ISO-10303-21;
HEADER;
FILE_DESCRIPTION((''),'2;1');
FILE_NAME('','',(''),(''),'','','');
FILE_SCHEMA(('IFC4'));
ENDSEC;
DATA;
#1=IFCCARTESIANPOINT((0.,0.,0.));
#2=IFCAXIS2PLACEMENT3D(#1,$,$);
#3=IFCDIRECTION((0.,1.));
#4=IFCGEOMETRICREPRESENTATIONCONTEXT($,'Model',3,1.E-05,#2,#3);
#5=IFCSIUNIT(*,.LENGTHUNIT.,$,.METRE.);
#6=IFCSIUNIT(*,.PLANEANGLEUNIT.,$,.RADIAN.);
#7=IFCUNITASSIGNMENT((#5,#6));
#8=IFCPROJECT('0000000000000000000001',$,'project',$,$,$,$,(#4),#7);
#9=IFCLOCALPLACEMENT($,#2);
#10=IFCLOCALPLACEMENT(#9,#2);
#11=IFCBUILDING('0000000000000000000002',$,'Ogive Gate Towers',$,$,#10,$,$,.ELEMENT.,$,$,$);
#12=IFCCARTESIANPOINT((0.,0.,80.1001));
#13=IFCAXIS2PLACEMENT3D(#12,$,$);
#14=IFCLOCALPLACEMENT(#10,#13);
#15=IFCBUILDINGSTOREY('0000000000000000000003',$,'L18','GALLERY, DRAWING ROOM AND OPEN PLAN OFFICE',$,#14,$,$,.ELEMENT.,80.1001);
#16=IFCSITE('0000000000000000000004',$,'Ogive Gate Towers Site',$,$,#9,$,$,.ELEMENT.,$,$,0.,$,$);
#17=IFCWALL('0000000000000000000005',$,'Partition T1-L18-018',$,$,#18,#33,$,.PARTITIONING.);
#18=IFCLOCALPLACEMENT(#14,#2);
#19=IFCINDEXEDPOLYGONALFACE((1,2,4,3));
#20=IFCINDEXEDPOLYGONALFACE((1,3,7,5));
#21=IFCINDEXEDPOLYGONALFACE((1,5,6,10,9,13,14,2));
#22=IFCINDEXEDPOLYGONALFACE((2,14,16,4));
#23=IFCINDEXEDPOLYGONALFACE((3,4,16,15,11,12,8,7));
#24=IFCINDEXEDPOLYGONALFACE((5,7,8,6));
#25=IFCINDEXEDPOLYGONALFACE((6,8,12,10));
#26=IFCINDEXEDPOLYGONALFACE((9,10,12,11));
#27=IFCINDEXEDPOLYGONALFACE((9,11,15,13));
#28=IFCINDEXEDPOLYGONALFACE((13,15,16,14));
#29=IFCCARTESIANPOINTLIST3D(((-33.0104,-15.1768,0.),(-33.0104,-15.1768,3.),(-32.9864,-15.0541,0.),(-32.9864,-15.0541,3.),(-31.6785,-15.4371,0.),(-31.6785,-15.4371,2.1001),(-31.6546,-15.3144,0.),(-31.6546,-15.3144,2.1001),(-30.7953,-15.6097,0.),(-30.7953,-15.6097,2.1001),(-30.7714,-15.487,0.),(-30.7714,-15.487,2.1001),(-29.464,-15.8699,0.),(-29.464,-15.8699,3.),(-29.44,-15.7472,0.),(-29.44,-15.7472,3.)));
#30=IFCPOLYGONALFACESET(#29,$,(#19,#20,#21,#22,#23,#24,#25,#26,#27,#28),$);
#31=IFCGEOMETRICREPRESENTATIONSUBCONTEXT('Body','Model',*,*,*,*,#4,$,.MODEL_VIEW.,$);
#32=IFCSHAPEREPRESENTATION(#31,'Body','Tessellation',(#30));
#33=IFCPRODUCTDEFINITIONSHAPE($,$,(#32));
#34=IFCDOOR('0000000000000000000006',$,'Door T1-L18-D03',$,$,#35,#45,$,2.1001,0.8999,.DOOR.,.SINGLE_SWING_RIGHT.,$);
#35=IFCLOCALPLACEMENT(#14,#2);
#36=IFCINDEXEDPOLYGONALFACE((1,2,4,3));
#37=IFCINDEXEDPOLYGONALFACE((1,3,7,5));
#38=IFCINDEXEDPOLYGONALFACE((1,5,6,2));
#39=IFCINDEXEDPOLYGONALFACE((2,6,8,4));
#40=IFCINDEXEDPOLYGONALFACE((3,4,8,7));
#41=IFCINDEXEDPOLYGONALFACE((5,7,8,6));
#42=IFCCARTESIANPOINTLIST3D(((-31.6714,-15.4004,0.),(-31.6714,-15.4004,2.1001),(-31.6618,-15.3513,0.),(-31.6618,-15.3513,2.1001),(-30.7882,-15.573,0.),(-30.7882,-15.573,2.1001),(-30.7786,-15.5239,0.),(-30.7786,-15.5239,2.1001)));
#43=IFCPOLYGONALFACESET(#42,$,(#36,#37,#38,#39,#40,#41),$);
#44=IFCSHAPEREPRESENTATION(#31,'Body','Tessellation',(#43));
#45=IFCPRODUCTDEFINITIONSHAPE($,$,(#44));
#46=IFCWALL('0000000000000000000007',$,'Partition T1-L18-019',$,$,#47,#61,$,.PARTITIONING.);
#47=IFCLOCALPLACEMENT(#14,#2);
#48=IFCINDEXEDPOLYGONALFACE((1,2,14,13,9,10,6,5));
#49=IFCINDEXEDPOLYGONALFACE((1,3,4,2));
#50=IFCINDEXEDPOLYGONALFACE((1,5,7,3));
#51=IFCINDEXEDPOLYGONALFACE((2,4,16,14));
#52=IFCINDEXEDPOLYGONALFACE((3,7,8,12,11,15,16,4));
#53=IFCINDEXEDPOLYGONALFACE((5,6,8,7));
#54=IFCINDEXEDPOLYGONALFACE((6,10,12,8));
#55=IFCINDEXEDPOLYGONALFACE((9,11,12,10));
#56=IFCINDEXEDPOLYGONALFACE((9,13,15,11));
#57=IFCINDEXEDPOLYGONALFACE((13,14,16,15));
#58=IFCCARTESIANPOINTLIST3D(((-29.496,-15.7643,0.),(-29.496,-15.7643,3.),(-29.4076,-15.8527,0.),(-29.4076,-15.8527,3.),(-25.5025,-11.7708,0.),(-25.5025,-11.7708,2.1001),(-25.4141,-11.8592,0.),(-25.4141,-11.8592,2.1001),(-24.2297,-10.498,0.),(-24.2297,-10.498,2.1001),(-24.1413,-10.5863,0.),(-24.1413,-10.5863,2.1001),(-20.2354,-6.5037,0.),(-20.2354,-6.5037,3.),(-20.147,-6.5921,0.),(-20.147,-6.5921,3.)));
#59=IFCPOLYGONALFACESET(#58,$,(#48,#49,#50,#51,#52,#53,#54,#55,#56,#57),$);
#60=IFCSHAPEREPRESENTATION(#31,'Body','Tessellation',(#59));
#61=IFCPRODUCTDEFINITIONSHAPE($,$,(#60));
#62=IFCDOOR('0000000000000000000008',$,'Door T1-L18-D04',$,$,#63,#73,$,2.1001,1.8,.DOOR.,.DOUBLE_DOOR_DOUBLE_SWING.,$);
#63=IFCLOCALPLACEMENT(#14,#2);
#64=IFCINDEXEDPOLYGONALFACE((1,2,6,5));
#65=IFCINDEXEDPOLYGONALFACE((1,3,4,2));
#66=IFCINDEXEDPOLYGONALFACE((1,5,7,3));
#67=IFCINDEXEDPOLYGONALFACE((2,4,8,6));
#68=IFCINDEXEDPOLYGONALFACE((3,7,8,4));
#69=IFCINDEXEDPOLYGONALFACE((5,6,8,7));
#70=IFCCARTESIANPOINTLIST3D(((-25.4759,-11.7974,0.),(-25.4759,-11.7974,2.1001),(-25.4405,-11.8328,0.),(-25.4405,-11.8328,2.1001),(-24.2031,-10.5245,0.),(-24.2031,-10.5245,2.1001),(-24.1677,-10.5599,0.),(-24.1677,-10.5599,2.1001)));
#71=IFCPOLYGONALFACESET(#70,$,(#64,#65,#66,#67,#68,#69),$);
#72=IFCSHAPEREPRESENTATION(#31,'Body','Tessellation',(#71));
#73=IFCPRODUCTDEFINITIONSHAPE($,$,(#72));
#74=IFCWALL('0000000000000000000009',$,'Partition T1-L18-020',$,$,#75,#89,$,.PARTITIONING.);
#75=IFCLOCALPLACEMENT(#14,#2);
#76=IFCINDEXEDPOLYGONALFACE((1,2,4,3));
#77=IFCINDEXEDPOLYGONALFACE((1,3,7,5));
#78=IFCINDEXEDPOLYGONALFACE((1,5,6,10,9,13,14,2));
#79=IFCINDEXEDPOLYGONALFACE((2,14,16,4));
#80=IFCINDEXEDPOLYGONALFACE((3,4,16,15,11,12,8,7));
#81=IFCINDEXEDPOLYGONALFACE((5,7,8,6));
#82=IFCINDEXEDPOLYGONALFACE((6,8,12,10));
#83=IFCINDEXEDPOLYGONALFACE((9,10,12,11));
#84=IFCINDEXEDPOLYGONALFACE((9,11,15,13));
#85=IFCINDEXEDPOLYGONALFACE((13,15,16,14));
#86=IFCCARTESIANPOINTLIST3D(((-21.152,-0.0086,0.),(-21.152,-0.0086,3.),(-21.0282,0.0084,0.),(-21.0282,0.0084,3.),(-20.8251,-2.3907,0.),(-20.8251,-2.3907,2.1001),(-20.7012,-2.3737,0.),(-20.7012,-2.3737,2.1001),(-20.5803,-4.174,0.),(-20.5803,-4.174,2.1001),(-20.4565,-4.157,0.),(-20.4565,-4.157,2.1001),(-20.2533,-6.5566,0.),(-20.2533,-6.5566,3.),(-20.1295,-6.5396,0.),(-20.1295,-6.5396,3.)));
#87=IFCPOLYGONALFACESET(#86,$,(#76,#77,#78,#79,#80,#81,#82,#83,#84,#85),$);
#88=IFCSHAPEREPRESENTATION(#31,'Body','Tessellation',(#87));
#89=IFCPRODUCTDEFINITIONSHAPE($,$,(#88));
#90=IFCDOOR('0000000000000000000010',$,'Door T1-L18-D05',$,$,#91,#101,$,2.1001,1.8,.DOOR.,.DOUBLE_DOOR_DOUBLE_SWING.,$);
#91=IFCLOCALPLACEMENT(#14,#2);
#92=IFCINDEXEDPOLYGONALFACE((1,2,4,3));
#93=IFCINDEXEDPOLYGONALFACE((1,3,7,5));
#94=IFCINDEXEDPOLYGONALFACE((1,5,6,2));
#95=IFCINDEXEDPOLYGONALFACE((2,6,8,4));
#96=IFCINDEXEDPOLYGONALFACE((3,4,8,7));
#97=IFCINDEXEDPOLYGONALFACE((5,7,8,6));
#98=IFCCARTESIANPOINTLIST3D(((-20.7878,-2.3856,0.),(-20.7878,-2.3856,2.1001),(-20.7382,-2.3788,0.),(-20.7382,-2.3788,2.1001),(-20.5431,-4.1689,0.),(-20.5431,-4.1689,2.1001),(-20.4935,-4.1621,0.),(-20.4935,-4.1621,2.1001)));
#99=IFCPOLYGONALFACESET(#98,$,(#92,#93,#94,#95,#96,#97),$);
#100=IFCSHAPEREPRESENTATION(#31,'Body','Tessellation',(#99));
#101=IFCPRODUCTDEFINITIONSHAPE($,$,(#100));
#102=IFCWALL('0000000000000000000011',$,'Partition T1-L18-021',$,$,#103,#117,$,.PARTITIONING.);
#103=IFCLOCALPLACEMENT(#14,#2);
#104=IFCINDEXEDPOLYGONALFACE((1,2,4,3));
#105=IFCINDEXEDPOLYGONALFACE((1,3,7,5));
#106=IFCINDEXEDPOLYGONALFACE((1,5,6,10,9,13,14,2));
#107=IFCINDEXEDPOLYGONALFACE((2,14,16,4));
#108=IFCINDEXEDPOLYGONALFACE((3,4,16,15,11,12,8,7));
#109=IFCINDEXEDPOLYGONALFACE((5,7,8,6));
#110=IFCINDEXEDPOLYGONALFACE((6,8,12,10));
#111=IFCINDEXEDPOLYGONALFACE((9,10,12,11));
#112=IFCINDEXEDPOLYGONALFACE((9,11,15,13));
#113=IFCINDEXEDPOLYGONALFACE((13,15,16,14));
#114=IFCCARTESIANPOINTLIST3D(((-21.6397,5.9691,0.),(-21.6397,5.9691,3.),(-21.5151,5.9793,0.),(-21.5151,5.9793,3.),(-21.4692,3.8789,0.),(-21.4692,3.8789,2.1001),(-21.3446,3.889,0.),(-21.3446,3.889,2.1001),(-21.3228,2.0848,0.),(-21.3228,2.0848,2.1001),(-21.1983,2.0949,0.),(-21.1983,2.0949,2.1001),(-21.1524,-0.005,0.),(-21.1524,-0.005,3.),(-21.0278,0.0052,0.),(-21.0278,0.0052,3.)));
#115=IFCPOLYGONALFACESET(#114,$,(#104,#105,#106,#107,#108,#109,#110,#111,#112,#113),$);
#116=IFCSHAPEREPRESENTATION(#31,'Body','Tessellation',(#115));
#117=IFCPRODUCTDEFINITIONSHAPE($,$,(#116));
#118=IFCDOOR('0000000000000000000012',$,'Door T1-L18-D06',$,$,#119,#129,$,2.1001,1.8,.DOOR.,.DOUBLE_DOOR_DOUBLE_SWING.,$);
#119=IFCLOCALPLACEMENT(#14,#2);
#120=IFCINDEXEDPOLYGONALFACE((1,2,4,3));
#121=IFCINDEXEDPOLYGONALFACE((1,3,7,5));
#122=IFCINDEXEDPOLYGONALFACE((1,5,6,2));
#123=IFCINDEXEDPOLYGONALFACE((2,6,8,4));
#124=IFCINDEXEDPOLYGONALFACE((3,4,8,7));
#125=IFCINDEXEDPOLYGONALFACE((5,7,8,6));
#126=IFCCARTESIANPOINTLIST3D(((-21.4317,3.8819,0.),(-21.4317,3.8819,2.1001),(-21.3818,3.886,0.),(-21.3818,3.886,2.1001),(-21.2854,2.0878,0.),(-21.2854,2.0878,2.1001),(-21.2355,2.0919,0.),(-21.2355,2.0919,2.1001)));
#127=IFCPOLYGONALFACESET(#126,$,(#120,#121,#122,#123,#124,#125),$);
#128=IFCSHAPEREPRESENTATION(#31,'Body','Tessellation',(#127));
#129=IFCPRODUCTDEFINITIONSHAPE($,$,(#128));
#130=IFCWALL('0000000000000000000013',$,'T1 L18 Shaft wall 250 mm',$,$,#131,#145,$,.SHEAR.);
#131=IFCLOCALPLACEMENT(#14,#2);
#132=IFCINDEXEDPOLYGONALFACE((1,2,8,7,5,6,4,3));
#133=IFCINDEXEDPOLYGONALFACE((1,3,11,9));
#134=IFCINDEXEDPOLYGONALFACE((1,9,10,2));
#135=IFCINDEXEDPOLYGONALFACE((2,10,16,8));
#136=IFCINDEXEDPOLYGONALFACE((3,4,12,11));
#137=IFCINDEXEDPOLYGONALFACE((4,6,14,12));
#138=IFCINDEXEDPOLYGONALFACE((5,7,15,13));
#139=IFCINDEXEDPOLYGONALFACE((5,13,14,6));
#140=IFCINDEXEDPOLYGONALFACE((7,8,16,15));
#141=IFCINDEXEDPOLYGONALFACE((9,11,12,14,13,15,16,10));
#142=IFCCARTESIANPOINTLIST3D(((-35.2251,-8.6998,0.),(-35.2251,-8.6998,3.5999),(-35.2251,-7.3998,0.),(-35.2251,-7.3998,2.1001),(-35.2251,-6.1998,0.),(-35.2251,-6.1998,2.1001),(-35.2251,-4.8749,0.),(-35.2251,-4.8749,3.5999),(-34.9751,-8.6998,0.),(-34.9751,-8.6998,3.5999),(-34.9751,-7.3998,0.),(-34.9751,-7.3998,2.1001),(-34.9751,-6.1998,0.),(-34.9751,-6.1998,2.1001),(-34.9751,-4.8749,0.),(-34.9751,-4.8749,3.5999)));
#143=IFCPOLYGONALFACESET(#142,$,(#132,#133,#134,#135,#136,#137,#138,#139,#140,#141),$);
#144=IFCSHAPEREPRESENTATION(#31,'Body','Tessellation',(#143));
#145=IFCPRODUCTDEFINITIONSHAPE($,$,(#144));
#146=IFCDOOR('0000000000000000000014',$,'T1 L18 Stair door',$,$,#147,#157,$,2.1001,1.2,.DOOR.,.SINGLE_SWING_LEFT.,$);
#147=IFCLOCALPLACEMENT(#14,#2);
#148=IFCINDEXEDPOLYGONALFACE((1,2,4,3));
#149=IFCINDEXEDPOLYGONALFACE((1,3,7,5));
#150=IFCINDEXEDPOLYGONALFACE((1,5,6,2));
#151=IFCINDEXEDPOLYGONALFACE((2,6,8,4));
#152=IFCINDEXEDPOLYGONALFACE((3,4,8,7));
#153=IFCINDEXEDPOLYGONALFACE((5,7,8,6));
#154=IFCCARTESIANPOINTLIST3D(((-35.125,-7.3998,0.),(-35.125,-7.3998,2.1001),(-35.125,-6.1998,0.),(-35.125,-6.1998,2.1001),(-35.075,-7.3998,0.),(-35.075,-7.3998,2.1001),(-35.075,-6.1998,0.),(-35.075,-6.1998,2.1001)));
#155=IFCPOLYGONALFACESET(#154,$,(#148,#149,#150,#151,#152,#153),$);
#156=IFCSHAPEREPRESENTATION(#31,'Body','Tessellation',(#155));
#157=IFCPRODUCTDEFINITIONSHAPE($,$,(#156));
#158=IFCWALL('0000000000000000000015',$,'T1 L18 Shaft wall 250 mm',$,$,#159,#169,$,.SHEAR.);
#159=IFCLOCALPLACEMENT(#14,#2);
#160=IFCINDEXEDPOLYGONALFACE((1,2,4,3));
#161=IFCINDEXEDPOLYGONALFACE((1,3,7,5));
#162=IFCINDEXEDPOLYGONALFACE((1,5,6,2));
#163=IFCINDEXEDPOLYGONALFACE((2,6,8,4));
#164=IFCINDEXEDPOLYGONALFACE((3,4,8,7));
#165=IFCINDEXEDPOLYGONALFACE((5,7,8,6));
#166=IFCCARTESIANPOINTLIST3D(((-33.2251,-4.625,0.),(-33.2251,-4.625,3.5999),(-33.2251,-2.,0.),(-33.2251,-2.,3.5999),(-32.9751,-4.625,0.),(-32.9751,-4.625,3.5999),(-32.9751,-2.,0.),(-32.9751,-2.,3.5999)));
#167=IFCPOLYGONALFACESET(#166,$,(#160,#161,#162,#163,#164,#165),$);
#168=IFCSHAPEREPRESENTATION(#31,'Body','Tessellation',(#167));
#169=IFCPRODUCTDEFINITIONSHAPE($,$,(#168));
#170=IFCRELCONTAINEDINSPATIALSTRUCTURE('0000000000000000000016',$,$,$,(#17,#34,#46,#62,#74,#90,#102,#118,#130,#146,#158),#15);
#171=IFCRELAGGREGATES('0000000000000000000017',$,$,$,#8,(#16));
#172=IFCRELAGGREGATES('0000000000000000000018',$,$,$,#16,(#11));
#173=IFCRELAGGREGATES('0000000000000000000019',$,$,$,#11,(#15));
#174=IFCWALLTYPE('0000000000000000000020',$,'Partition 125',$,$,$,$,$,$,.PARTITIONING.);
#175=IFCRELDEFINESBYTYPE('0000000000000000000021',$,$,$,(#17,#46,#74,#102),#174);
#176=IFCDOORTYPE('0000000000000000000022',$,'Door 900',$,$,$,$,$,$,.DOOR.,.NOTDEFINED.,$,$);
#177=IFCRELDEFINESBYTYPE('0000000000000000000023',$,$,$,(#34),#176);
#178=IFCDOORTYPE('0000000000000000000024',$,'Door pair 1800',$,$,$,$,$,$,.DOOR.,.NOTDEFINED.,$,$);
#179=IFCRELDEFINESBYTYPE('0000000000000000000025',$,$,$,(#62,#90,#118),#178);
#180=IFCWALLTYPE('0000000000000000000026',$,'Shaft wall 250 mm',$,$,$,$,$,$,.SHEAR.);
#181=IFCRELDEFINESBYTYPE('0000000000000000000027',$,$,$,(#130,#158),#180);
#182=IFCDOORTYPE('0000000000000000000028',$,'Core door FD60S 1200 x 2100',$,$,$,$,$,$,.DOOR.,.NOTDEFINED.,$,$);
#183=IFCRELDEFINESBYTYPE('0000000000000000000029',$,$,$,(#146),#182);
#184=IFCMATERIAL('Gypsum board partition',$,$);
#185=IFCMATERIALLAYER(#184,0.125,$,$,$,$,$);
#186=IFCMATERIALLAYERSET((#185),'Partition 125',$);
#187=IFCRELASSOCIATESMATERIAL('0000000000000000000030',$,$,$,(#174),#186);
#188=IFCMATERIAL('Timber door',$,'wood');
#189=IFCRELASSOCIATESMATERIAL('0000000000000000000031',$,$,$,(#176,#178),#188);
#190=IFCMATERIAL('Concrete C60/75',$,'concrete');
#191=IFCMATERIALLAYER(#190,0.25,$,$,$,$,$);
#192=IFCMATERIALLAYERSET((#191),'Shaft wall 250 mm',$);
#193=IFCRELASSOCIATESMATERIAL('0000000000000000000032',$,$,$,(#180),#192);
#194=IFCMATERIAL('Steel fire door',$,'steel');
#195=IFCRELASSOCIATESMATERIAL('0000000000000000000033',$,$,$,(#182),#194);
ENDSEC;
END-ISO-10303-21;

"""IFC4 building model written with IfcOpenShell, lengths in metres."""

from ifc_helpers import new_model, si_unit, direction, frame, frame_2d, origin, place, context, subcontext, project, spatial, rectangle, extrude, material, layer, layer_set, type_object, element, fill, save


model = new_model("IFC4")

# Units and contexts
model_context = context("Model", 3, precision=1e-05, world=origin(), true_north=direction((0.0, 1.0)))
body_context = subcontext(model_context, "Body", "Model", "MODEL_VIEW")
ifc_project = project(units=[si_unit("LENGTHUNIT", "METRE"), si_unit("PLANEANGLEUNIT", "RADIAN")], contexts=[model_context])

# Site, building, storey
site_placement = place(None, origin())
site = spatial("IfcSite", under=ifc_project, at=site_placement, Name="Ogive Gate Towers Site", CompositionType="ELEMENT", RefElevation=0.0)
building_placement = place(site_placement, origin())
building = spatial("IfcBuilding", under=site, at=building_placement, Name="Ogive Gate Towers", CompositionType="ELEMENT")
storey_placement = place(building_placement, frame((0.0, 0.0, 80.1001)))
storey = spatial("IfcBuildingStorey", under=building, at=storey_placement, Name="L18", Description="GALLERY, DRAWING ROOM AND OPEN PLAN OFFICE", CompositionType="ELEMENT", Elevation=80.1001)

# Shared definitions
ifc_material_1 = material(Name="Concrete C60/75", Category="concrete")
ifc_material_2 = material(Name="Steel fire door", Category="steel")

# Shared definitions
ifc_material_3 = material(Name="Gypsum board partition")
ifc_layer_1 = layer(ifc_material_3, 0.125)
ifc_layer_set_1 = layer_set([ifc_layer_1], Name="Partition 125")
wall_type_1 = type_object("IfcWallType", Name="Partition 125", PredefinedType="PARTITIONING", material=ifc_layer_set_1)

# Walls, openings, doors
ifc_material_4 = material(Name="Timber door", Category="wood")
door_type_1 = type_object("IfcDoorType", Name="Door 900", OperationType="NOTDEFINED", PredefinedType="DOOR", material=ifc_material_4)
wall_1_placement = place(storey_placement, frame((-32.9983, -15.1155, 0.0), z_axis=(0.0, 0.0, 1.0), x_axis=(0.981431, -0.191814, 0.0)))
wall_1 = element("IfcWall", 1, at=wall_1_placement, inside=storey, type_object=wall_type_1, Name="Partition T1-L18-018", PredefinedType="PARTITIONING", context=body_context, shape_type="SweptSolid", body=[
    extrude(rectangle(XDim=3.6135, YDim=0.125, at=frame_2d((1.8066, 0.0))), origin(), (0.0, 0.0, 1.0), 3.0),
])
opening_1_placement = place(wall_1_placement, frame((1.3569, 0.0, 0.0)))
opening_1 = element("IfcOpeningElement", 2, at=opening_1_placement, cuts=wall_1, PredefinedType="OPENING", context=body_context, shape_type="SweptSolid", body=[
    extrude(rectangle(XDim=0.8999, YDim=2.1001, at=frame_2d((0.45, 1.05))), frame((0.0, 0.0725, 0.0), z_axis=(0.0, -1.0, 0.0), x_axis=(1.0, 0.0, 0.0)), (0.0, 0.0, 1.0), 0.145),
])
door_1_placement = place(opening_1_placement, origin())
door_1 = element("IfcDoor", 3, at=door_1_placement, inside=storey, type_object=door_type_1, Name="Door T1-L18-D03", OperationType="SINGLE_SWING_RIGHT", OverallHeight=2.1001, OverallWidth=0.8999, PredefinedType="DOOR", context=body_context, shape_type="SweptSolid", body=[
    extrude(rectangle(XDim=0.8999, YDim=2.1001, at=frame_2d((0.45, 1.05))), frame((0.0, 0.0249, 0.0), z_axis=(0.0, -1.0, 0.0), x_axis=(1.0, 0.0, 0.0)), (0.0, 0.0, 1.0), 0.05),
])
fill(opening_1, door_1)
wall_2_placement = place(storey_placement, frame((-29.4519, -15.8086, 0.0), z_axis=(0.0, 0.0, 1.0), x_axis=(0.707107, 0.707107, 0.0)))
wall_2 = element("IfcWall", 4, at=wall_2_placement, inside=storey, type_object=wall_type_1, Name="Partition T1-L18-019", PredefinedType="PARTITIONING", context=body_context, shape_type="SweptSolid", body=[
    extrude(rectangle(XDim=13.0964, YDim=0.125, at=frame_2d((6.5483, 0.0))), origin(), (0.0, 0.0, 1.0), 3.0),
])
opening_2_placement = place(wall_2_placement, frame((5.6479, 0.0, 0.0)))
opening_2 = element("IfcOpeningElement", 5, at=opening_2_placement, cuts=wall_2, PredefinedType="OPENING", context=body_context, shape_type="SweptSolid", body=[
    extrude(rectangle(XDim=1.8, YDim=2.1001, at=frame_2d((0.8999, 1.05))), frame((0.0, 0.0725, 0.0), z_axis=(0.0, -1.0, 0.0), x_axis=(1.0, 0.0, 0.0)), (0.0, 0.0, 1.0), 0.145),
])
door_type_2 = type_object("IfcDoorType", Name="Door pair 1800", OperationType="NOTDEFINED", PredefinedType="DOOR", material=ifc_material_4)
door_2_placement = place(opening_2_placement, origin())
door_2 = element("IfcDoor", 6, at=door_2_placement, inside=storey, type_object=door_type_2, Name="Door T1-L18-D04", OperationType="DOUBLE_DOOR_DOUBLE_SWING", OverallHeight=2.1001, OverallWidth=1.8, PredefinedType="DOOR", context=body_context, shape_type="SweptSolid", body=[
    extrude(rectangle(XDim=1.8, YDim=2.1001, at=frame_2d((0.8999, 1.05))), frame((0.0, 0.0249, 0.0), z_axis=(0.0, -1.0, 0.0), x_axis=(1.0, 0.0, 0.0)), (0.0, 0.0, 1.0), 0.05),
])
fill(opening_2, door_2)
wall_3_placement = place(storey_placement, frame((-20.1914, -6.5481, 0.0), z_axis=(0.0, 0.0, 1.0), x_axis=(-0.135969, 0.990713, 0.0)))
wall_3 = element("IfcWall", 7, at=wall_3_placement, inside=storey, type_object=wall_type_1, Name="Partition T1-L18-020", PredefinedType="PARTITIONING", context=body_context, shape_type="SweptSolid", body=[
    extrude(rectangle(XDim=6.6094, YDim=0.125, at=frame_2d((3.3047, 0.0))), origin(), (0.0, 0.0, 1.0), 3.0),
])
opening_3_placement = place(wall_3_placement, frame((2.405, 0.0, 0.0)))
opening_3 = element("IfcOpeningElement", 8, at=opening_3_placement, cuts=wall_3, PredefinedType="OPENING", context=body_context, shape_type="SweptSolid", body=[
    extrude(rectangle(XDim=1.8, YDim=2.1001, at=frame_2d((0.8999, 1.05))), frame((0.0, 0.0725, 0.0), z_axis=(0.0, -1.0, 0.0), x_axis=(1.0, 0.0, 0.0)), (0.0, 0.0, 1.0), 0.145),
])
door_3_placement = place(opening_3_placement, origin())
door_3 = element("IfcDoor", 9, at=door_3_placement, inside=storey, type_object=door_type_2, Name="Door T1-L18-D05", OperationType="DOUBLE_DOOR_DOUBLE_SWING", OverallHeight=2.1001, OverallWidth=1.8, PredefinedType="DOOR", context=body_context, shape_type="SweptSolid", body=[
    extrude(rectangle(XDim=1.8, YDim=2.1001, at=frame_2d((0.8999, 1.05))), frame((0.0, 0.0249, 0.0), z_axis=(0.0, -1.0, 0.0), x_axis=(1.0, 0.0, 0.0)), (0.0, 0.0, 1.0), 0.05),
])
fill(opening_3, door_3)
wall_4_placement = place(storey_placement, frame((-21.0901, 0.0, 0.0), z_axis=(0.0, 0.0, 1.0), x_axis=(-0.081299, 0.99669, 0.0)))
wall_4 = element("IfcWall", 10, at=wall_4_placement, inside=storey, type_object=wall_type_1, Name="Partition T1-L18-021", PredefinedType="PARTITIONING", context=body_context, shape_type="SweptSolid", body=[
    extrude(rectangle(XDim=5.9939, YDim=0.125, at=frame_2d((2.9971, 0.0))), origin(), (0.0, 0.0, 1.0), 3.0),
])
opening_4_placement = place(wall_4_placement, frame((2.0969, 0.0, 0.0)))
opening_4 = element("IfcOpeningElement", 11, at=opening_4_placement, cuts=wall_4, PredefinedType="OPENING", context=body_context, shape_type="SweptSolid", body=[
    extrude(rectangle(XDim=1.8, YDim=2.1001, at=frame_2d((0.8999, 1.05))), frame((0.0, 0.0725, 0.0), z_axis=(0.0, -1.0, 0.0), x_axis=(1.0, 0.0, 0.0)), (0.0, 0.0, 1.0), 0.145),
])
door_4_placement = place(opening_4_placement, origin())
door_4 = element("IfcDoor", 12, at=door_4_placement, inside=storey, type_object=door_type_2, Name="Door T1-L18-D06", OperationType="DOUBLE_DOOR_DOUBLE_SWING", OverallHeight=2.1001, OverallWidth=1.8, PredefinedType="DOOR", context=body_context, shape_type="SweptSolid", body=[
    extrude(rectangle(XDim=1.8, YDim=2.1001, at=frame_2d((0.8999, 1.05))), frame((0.0, 0.0249, 0.0), z_axis=(0.0, -1.0, 0.0), x_axis=(1.0, 0.0, 0.0)), (0.0, 0.0, 1.0), 0.05),
])
fill(opening_4, door_4)
ifc_layer_2 = layer(ifc_material_1, 0.25)
ifc_layer_set_2 = layer_set([ifc_layer_2], Name="Shaft wall 250 mm")
wall_type_2 = type_object("IfcWallType", Name="Shaft wall 250 mm", PredefinedType="SHEAR", material=ifc_layer_set_2)
wall_5_placement = place(storey_placement, frame((-35.1001, -8.7, 0.0), z_axis=(0.0, 0.0, 1.0), x_axis=(0.0, 1.0, 0.0)))
wall_5 = element("IfcWall", 13, at=wall_5_placement, inside=storey, type_object=wall_type_2, Name="T1 L18 Shaft wall 250 mm", PredefinedType="SHEAR", context=body_context, shape_type="SweptSolid", body=[
    extrude(rectangle(XDim=3.825, YDim=0.25, at=frame_2d((1.9126, 0.0))), origin(), (0.0, 0.0, 1.0), 3.5999),
])
opening_5_placement = place(wall_5_placement, frame((1.3, 0.0, 0.0)))
opening_5 = element("IfcOpeningElement", 14, at=opening_5_placement, cuts=wall_5, PredefinedType="OPENING", context=body_context, shape_type="SweptSolid", body=[
    extrude(rectangle(XDim=1.2, YDim=2.1001, at=frame_2d((0.6001, 1.05))), frame((0.0, 0.135, 0.0), z_axis=(0.0, -1.0, 0.0), x_axis=(1.0, 0.0, 0.0)), (0.0, 0.0, 1.0), 0.27),
])
door_type_3 = type_object("IfcDoorType", Name="Core door FD60S 1200 x 2100", OperationType="NOTDEFINED", PredefinedType="DOOR", material=ifc_material_2)
door_5_placement = place(opening_5_placement, origin())
door_5 = element("IfcDoor", 15, at=door_5_placement, inside=storey, type_object=door_type_3, Name="T1 L18 Stair door", OperationType="SINGLE_SWING_LEFT", OverallHeight=2.1001, OverallWidth=1.2, PredefinedType="DOOR", context=body_context, shape_type="SweptSolid", body=[
    extrude(rectangle(XDim=1.2, YDim=2.1001, at=frame_2d((0.6001, 1.05))), frame((0.0, 0.0249, 0.0), z_axis=(0.0, -1.0, 0.0), x_axis=(1.0, 0.0, 0.0)), (0.0, 0.0, 1.0), 0.05),
])
fill(opening_5, door_5)

# Wall
for number, where, z_axis, x_axis, name in (
    (16, (-33.1001, -4.625, 0.0), (0.0, 0.0, 1.0), (0.0, 1.0, 0.0), "T1 L18 Shaft wall 250 mm"),
):
    element("IfcWall", number, at=place(storey_placement, frame(where, z_axis=z_axis, x_axis=x_axis)), inside=storey, type_object=wall_type_2, Name=name, PredefinedType="SHEAR", context=body_context, shape_type="SweptSolid", body=[
        extrude(rectangle(XDim=2.625, YDim=0.25, at=frame_2d((1.3125, 0.0))), origin(), (0.0, 0.0, 1.0), 3.5999),
    ])

save(model, "model.ifc")
